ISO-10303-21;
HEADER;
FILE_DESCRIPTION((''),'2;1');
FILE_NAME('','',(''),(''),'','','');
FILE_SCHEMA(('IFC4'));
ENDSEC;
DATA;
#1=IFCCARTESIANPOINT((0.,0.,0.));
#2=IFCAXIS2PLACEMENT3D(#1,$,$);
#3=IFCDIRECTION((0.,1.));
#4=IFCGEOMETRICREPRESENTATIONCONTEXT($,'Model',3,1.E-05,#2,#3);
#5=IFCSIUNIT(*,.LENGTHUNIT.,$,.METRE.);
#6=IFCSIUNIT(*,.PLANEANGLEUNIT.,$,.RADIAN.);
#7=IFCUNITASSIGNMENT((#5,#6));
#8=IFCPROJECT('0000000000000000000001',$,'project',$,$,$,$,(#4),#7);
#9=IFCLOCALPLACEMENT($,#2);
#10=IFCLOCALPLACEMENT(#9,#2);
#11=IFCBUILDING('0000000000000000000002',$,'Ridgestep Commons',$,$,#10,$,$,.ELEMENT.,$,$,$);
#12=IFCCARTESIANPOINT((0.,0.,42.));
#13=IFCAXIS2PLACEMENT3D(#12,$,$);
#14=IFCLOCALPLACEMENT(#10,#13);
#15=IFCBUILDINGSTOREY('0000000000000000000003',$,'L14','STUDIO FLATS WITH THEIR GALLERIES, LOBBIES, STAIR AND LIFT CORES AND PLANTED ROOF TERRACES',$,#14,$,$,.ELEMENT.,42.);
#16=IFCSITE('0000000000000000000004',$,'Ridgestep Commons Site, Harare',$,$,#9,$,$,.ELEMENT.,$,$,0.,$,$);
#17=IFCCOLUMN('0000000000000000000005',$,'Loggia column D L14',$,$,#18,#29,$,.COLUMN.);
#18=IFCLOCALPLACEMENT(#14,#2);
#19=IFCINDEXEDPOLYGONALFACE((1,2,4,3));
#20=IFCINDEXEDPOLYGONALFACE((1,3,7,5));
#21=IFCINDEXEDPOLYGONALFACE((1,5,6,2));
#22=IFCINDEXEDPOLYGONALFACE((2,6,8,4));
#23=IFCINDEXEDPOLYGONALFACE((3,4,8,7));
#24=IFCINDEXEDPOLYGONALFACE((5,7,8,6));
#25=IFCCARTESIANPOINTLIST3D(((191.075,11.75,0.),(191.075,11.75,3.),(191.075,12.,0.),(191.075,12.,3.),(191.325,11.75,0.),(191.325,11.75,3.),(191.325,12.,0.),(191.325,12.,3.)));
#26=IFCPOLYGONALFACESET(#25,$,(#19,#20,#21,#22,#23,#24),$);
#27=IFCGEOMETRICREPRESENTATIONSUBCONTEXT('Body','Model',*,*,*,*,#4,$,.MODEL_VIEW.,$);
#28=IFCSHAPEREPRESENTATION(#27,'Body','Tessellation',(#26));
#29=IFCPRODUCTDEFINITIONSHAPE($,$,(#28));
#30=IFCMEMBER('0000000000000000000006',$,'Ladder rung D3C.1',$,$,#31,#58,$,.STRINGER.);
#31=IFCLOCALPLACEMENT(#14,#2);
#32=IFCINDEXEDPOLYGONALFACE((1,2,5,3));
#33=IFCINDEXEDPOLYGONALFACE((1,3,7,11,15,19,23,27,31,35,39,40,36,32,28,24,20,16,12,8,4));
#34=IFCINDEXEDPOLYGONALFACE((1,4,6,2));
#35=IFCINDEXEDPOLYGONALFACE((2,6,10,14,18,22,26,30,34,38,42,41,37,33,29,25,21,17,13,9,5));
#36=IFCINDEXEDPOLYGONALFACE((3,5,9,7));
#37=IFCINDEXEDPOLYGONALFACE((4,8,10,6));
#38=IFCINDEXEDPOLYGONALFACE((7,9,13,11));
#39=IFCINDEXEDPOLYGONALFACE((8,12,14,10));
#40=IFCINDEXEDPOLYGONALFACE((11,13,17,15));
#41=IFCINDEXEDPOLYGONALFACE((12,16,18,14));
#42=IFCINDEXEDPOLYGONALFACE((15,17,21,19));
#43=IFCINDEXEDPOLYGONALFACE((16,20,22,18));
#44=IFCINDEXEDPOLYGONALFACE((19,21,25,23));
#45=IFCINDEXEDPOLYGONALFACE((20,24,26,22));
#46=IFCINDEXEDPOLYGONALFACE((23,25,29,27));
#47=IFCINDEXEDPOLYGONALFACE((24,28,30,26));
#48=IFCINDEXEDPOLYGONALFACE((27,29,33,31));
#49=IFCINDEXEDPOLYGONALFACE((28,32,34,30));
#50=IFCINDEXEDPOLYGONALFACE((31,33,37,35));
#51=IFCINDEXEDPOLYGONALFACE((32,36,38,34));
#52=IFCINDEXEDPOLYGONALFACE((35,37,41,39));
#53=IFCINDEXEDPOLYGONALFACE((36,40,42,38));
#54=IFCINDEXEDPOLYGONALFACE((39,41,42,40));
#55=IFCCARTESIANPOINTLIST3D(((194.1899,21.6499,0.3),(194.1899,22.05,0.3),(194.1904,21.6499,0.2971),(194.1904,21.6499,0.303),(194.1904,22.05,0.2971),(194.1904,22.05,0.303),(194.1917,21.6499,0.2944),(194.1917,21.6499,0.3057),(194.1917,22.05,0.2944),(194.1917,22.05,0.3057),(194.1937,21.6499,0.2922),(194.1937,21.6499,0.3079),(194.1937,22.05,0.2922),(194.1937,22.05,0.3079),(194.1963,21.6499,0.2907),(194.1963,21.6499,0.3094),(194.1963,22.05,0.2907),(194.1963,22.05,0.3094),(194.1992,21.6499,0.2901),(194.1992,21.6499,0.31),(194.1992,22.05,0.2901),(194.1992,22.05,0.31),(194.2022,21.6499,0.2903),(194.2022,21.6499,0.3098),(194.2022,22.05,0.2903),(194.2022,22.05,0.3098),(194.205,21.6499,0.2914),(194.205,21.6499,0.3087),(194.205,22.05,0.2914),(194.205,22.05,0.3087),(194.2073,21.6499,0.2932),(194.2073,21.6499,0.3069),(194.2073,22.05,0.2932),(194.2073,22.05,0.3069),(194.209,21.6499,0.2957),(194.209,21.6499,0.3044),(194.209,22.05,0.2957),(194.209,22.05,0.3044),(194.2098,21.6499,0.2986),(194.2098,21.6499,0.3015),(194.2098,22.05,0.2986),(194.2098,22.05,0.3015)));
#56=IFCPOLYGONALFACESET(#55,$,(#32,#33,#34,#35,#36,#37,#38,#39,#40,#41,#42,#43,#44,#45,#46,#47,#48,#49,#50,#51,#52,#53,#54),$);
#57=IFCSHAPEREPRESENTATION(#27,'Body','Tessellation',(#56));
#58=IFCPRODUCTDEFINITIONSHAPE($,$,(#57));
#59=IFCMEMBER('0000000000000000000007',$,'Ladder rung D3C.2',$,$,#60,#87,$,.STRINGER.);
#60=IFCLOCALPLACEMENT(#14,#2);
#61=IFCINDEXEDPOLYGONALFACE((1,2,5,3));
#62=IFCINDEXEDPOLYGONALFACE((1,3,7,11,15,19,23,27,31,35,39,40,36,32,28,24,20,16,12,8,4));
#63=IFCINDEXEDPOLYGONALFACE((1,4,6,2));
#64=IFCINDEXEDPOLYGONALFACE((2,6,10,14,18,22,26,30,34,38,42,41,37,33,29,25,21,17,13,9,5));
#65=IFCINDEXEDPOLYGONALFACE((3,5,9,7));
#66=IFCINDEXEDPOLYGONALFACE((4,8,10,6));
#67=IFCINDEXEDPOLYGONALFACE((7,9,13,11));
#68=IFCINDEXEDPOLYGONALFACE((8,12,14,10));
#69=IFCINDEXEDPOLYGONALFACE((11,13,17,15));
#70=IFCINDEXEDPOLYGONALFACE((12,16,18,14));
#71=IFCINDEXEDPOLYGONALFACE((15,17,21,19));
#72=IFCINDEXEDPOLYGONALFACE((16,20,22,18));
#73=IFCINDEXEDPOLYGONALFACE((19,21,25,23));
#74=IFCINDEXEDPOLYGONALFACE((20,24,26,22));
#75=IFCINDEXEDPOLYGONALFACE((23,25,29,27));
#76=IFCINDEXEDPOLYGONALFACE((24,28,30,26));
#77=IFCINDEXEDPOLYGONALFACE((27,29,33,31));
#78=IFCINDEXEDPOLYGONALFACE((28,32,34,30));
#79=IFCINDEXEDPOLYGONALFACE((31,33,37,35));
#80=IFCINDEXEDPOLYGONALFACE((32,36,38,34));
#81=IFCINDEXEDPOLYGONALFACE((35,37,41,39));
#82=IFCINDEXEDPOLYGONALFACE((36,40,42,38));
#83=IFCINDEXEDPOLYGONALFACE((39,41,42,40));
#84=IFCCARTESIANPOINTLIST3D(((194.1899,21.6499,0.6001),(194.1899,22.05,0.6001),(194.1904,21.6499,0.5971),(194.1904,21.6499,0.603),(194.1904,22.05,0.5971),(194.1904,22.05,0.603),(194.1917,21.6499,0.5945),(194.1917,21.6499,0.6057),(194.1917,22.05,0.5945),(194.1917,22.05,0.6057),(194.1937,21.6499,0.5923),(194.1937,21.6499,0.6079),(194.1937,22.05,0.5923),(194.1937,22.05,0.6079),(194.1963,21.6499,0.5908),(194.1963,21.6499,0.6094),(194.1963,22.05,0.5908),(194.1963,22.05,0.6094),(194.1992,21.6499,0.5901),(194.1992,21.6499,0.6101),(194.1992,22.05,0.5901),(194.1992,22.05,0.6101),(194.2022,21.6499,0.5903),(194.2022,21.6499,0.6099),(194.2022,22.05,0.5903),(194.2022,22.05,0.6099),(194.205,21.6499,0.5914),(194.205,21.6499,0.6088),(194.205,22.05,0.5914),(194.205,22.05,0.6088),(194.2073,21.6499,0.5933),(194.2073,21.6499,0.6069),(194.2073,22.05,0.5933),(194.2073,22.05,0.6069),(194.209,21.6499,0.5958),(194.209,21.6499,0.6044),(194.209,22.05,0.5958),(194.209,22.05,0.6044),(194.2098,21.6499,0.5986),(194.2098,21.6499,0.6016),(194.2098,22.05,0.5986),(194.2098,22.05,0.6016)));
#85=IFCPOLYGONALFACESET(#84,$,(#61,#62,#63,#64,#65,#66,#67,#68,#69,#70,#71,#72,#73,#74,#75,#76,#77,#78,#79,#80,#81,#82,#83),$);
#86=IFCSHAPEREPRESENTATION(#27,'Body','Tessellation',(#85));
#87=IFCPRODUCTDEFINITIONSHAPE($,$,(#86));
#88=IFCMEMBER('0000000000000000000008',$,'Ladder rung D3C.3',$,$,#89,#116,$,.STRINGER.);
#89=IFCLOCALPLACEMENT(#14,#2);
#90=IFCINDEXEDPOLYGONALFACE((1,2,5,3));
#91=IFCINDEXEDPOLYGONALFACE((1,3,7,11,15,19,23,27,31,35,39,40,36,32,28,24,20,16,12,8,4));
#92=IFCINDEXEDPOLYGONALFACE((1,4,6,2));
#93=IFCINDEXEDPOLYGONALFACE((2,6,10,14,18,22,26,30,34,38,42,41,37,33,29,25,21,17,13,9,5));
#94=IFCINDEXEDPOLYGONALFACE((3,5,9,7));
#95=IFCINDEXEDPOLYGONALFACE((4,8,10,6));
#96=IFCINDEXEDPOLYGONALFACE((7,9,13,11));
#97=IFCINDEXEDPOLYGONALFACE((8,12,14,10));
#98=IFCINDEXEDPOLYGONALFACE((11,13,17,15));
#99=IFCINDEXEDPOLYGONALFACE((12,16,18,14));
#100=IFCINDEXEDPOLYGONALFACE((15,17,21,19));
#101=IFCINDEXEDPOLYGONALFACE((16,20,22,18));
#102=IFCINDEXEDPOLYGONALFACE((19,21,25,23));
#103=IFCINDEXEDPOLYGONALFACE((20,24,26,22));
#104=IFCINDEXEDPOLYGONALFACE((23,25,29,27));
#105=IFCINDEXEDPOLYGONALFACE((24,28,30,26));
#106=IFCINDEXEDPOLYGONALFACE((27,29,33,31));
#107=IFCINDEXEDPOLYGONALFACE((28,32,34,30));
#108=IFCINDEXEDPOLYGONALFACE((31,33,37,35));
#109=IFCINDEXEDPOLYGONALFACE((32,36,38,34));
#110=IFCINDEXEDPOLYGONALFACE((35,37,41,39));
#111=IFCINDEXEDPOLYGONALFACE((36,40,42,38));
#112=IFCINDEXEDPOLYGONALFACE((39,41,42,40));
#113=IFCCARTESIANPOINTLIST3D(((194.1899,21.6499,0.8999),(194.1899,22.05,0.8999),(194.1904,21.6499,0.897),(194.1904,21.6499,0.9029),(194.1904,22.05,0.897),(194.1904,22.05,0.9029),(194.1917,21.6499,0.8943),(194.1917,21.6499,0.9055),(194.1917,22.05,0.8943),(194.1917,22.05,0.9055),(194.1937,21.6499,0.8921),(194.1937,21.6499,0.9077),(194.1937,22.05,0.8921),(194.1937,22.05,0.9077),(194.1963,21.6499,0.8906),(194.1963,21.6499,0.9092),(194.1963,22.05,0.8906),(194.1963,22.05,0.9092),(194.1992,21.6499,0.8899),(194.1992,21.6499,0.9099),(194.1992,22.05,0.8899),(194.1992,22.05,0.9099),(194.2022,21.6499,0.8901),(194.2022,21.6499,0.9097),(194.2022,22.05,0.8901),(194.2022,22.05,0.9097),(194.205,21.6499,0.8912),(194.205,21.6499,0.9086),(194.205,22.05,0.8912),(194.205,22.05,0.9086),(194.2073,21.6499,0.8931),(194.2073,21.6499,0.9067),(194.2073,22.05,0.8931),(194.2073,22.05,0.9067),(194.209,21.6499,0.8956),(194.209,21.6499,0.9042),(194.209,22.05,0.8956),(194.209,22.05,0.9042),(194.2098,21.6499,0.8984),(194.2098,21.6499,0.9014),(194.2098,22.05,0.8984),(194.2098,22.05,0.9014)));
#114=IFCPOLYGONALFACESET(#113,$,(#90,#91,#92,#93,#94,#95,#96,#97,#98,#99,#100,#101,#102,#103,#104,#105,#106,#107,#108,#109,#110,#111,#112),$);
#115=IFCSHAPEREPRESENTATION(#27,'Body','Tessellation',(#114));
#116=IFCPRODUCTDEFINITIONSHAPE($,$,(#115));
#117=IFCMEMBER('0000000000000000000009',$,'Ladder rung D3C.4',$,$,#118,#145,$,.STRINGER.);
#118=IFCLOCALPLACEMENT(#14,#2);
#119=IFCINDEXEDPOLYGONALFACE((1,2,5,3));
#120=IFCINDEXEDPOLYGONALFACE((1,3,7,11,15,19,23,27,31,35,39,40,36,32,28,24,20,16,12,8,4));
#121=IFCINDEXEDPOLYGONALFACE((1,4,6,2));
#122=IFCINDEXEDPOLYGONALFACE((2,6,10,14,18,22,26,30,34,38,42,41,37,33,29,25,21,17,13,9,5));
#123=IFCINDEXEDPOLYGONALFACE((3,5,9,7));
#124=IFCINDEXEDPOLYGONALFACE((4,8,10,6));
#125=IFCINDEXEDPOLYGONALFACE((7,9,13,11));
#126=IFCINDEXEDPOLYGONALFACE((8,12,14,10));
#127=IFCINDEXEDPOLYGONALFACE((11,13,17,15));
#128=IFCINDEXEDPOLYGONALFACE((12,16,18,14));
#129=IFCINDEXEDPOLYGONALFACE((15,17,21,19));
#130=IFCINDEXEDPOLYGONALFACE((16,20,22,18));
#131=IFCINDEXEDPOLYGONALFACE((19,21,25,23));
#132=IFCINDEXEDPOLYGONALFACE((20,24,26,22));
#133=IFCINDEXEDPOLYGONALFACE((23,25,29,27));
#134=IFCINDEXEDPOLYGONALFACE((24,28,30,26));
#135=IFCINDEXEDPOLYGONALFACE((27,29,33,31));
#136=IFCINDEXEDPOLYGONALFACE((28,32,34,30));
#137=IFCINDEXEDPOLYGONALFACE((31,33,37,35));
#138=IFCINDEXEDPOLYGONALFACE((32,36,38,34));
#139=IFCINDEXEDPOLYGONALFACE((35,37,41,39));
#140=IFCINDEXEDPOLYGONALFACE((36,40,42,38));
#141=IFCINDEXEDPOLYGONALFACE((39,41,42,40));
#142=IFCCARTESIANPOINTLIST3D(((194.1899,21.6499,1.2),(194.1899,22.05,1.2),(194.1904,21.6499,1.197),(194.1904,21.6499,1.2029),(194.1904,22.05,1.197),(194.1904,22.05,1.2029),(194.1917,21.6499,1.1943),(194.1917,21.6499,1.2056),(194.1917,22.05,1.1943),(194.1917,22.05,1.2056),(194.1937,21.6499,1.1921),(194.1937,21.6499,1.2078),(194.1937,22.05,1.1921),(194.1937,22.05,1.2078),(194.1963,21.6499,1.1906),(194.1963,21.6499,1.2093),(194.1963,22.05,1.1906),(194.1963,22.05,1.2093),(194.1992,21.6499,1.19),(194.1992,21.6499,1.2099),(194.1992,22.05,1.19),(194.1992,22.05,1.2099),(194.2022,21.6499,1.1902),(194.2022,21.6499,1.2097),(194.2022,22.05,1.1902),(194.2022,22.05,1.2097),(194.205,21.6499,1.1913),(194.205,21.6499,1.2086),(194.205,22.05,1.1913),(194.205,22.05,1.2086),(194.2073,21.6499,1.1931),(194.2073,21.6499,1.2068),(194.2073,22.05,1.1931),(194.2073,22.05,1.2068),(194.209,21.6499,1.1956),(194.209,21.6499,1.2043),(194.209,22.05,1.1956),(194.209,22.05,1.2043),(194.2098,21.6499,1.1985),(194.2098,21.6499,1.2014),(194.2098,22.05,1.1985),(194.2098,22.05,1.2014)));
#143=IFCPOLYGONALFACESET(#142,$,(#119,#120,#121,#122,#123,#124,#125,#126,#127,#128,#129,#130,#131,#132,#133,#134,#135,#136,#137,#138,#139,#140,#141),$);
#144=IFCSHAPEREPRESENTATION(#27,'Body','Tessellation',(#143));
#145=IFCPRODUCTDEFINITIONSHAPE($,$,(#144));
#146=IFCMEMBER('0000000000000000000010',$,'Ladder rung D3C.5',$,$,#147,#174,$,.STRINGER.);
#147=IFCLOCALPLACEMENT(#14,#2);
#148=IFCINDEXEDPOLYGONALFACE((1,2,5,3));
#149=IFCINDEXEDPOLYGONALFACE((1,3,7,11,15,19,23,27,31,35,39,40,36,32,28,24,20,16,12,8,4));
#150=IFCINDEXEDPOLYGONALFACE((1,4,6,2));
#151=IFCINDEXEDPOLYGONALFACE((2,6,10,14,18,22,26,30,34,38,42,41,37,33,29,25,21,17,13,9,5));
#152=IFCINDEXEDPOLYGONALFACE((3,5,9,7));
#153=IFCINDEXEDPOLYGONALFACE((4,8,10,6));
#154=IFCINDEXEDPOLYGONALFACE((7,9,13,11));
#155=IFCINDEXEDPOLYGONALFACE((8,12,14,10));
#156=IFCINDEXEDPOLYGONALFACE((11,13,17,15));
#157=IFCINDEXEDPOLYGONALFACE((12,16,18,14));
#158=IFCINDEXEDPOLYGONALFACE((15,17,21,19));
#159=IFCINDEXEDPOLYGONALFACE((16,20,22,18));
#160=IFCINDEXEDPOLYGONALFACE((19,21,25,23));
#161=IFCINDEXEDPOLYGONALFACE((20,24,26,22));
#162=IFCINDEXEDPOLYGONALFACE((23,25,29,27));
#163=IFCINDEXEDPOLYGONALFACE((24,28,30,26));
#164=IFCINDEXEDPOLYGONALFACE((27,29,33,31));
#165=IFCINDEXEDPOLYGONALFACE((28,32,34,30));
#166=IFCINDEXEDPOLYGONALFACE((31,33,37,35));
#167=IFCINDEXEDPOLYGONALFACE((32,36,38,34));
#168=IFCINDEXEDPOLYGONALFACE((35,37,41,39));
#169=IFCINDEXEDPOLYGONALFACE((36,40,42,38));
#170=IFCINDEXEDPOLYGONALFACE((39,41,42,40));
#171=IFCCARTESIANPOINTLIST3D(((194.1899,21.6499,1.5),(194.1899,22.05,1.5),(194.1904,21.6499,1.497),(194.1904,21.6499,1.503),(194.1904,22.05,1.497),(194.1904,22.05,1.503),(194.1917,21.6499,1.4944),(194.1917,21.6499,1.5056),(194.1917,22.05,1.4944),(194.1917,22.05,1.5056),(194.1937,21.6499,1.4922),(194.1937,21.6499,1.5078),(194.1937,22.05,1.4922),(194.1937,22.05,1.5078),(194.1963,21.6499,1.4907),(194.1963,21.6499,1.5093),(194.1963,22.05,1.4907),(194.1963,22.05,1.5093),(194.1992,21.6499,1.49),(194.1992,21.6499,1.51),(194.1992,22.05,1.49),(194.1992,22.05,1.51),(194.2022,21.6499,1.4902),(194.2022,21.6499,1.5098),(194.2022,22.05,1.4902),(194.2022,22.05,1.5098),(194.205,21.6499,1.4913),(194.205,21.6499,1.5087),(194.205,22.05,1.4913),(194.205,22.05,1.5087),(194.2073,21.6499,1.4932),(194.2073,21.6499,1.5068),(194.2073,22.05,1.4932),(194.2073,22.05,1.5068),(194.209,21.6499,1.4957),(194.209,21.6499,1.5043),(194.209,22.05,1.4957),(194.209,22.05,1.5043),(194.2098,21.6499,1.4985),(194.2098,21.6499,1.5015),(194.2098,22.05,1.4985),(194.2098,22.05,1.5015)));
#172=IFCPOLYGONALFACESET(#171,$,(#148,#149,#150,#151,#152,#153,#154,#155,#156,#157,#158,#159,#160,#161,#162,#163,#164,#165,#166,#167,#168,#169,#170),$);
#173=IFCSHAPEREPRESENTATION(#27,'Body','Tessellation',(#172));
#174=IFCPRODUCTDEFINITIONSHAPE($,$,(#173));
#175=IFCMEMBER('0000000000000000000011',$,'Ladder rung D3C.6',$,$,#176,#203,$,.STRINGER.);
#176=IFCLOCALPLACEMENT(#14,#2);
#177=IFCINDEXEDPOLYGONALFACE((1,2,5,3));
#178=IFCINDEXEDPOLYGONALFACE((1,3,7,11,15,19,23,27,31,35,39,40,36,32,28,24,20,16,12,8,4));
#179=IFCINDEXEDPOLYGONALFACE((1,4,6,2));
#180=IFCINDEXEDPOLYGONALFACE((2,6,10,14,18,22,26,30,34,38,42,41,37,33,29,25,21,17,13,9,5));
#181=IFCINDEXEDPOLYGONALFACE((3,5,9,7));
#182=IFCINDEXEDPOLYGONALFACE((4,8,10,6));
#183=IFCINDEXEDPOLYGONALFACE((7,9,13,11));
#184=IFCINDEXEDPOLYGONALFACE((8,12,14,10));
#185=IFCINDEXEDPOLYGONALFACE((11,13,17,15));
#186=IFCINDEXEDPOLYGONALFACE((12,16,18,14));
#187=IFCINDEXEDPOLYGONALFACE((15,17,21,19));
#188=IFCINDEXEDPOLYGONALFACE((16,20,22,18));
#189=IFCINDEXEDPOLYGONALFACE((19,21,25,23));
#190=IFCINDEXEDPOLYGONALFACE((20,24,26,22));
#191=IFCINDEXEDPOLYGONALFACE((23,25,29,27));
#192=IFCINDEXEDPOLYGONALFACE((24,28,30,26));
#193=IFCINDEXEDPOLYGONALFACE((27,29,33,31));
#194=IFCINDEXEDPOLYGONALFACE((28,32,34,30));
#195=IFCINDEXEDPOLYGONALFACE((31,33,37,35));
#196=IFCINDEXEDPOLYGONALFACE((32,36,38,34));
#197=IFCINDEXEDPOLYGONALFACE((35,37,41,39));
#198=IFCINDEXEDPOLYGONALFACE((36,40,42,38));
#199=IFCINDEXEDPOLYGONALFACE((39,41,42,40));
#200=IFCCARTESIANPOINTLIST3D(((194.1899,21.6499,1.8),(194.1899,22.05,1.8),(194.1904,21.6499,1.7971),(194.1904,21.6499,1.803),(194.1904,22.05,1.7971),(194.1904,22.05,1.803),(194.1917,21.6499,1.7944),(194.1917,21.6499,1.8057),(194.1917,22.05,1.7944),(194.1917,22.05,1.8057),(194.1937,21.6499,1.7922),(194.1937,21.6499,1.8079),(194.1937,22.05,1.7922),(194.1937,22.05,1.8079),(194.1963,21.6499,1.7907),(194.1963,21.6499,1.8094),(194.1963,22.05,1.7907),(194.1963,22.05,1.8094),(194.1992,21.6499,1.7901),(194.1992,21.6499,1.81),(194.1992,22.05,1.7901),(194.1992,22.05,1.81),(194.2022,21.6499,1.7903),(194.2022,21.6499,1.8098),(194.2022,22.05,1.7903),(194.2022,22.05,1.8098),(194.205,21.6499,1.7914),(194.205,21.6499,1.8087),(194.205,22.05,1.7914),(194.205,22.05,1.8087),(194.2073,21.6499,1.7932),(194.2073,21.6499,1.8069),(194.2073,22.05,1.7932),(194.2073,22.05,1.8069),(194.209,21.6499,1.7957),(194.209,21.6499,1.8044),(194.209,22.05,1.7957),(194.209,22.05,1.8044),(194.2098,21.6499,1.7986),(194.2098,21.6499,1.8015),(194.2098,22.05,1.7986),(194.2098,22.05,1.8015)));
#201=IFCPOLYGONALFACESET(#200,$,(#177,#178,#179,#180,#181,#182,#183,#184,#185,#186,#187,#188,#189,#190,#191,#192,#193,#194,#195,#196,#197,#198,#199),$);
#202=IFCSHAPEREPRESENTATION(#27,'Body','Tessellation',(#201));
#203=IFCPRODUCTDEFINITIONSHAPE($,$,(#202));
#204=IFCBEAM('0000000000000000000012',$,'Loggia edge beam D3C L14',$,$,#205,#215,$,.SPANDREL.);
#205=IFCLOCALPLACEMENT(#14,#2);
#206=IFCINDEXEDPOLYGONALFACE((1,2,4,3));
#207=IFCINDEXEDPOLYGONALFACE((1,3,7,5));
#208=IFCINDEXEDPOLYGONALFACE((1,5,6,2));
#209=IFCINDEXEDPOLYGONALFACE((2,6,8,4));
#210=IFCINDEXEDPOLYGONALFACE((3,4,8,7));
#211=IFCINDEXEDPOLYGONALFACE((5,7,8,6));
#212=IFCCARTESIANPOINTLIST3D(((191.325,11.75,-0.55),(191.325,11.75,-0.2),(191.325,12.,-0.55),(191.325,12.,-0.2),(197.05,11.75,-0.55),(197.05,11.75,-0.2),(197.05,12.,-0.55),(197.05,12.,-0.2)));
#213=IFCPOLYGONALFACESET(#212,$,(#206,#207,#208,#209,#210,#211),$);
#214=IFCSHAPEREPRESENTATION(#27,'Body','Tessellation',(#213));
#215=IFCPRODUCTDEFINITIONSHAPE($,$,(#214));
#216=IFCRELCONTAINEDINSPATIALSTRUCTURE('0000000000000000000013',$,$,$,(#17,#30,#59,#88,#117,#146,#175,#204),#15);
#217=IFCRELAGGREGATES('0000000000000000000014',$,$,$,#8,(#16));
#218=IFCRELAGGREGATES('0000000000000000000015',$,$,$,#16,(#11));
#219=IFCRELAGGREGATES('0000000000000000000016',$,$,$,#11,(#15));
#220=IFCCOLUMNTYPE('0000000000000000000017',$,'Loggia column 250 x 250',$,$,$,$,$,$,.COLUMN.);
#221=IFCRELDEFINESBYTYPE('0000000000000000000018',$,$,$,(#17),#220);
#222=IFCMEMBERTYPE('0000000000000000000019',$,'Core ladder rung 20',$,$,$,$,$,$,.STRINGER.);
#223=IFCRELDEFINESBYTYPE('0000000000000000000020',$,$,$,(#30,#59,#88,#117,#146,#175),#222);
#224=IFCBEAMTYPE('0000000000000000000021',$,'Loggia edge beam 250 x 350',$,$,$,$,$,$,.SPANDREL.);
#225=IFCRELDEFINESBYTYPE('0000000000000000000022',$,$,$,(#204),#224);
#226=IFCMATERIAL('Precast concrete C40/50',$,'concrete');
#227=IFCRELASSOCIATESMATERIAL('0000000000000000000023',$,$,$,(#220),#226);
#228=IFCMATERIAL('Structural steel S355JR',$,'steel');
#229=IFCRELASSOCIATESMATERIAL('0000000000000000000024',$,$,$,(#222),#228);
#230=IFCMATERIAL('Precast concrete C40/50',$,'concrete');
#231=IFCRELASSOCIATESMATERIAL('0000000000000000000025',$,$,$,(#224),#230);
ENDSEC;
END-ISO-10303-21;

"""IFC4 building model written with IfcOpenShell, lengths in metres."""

from ifc_helpers import new_model, si_unit, direction, frame, origin, origin_2d, place, context, subcontext, project, spatial, rectangle, circle, extrude, material, material_profile, profile_set, type_object, element, save


model = new_model("IFC4")

# Units and contexts
model_context = context("Model", 3, precision=1e-05, world=origin(), true_north=direction((0.0, 1.0)))
body_context = subcontext(model_context, "Body", "Model", "MODEL_VIEW")
ifc_project = project(units=[si_unit("LENGTHUNIT", "METRE"), si_unit("PLANEANGLEUNIT", "RADIAN")], contexts=[model_context])

# Site, building, storey
site_placement = place(None, origin())
site = spatial("IfcSite", under=ifc_project, at=site_placement, Name="Ridgestep Commons Site, Harare", CompositionType="ELEMENT", RefElevation=0.0)
building_placement = place(site_placement, origin())
building = spatial("IfcBuilding", under=site, at=building_placement, Name="Ridgestep Commons", CompositionType="ELEMENT")
storey_placement = place(building_placement, frame((0.0, 0.0, 42.0)))
storey = spatial("IfcBuildingStorey", under=building, at=storey_placement, Name="L14", Description="STUDIO FLATS WITH THEIR GALLERIES, LOBBIES, STAIR AND LIFT CORES AND PLANTED ROOF TERRACES", CompositionType="ELEMENT", Elevation=42.0)

# Column
ifc_material_1 = material(Name="Precast concrete C40/50", Category="concrete")
ifc_material_profile_1 = material_profile(ifc_material_1, rectangle(XDim=0.25, YDim=0.25, at=origin_2d()), Name="PC 250x250")
ifc_profile_set_1 = profile_set([ifc_material_profile_1], Name="Precast concrete C40/50")
column_type = type_object("IfcColumnType", Name="Loggia column 250 x 250", PredefinedType="COLUMN", material=ifc_profile_set_1)
column_placement = place(storey_placement, frame((191.2, 11.875, 0.0), z_axis=(0.0, 0.0, 1.0), x_axis=(1.0, 0.0, 0.0)))
element("IfcColumn", 1, at=column_placement, inside=storey, type_object=column_type, Name="Loggia column D L14", PredefinedType="COLUMN", context=body_context, shape_type="SweptSolid", body=[
    extrude(rectangle(XDim=0.25, YDim=0.25, at=origin_2d()), origin(), (0.0, 0.0, 1.0), 3.0),
])

# Members
ifc_material_2 = material(Name="Structural steel S355JR", Category="steel")
ifc_material_profile_2 = material_profile(ifc_material_2, circle(Radius=0.01, at=origin_2d()), Name="Round bar 20")
ifc_profile_set_2 = profile_set([ifc_material_profile_2], Name="Structural steel S355JR")
member_type_1 = type_object("IfcMemberType", Name="Core ladder rung 20", PredefinedType="STRINGER", material=ifc_profile_set_2)
for number, where, z_axis, x_axis, name in (
    (2, (194.2, 21.6499, 0.3), (0.0, 1.0, 0.0), (-1.0, 0.0, 0.0), "Ladder rung D3C.1"),
    (3, (194.2, 21.6499, 0.6001), (0.0, 1.0, 0.0), (-1.0, 0.0, 0.0), "Ladder rung D3C.2"),
    (4, (194.2, 21.6499, 0.8999), (0.0, 1.0, 0.0), (-1.0, 0.0, 0.0), "Ladder rung D3C.3"),
    (5, (194.2, 21.6499, 1.2), (0.0, 1.0, 0.0), (-1.0, 0.0, 0.0), "Ladder rung D3C.4"),
    (6, (194.2, 21.6499, 1.5), (0.0, 1.0, 0.0), (-1.0, 0.0, 0.0), "Ladder rung D3C.5"),
    (7, (194.2, 21.6499, 1.8), (0.0, 1.0, 0.0), (-1.0, 0.0, 0.0), "Ladder rung D3C.6"),
):
    element("IfcMember", number, at=place(storey_placement, frame(where, z_axis=z_axis, x_axis=x_axis)), inside=storey, type_object=member_type_1, Name=name, PredefinedType="STRINGER", context=body_context, shape_type="SweptSolid", body=[
        extrude(circle(Radius=0.01, at=origin_2d()), origin(), (0.0, 0.0, 1.0), 0.4001),
    ])

# Beam
ifc_material_3 = material(Name="Precast concrete C40/50", Category="concrete")
ifc_material_profile_3 = material_profile(ifc_material_3, rectangle(XDim=0.25, YDim=0.3501, at=origin_2d()), Name="PC 250x350")
ifc_profile_set_3 = profile_set([ifc_material_profile_3], Name="Precast concrete C40/50")
beam_type = type_object("IfcBeamType", Name="Loggia edge beam 250 x 350", PredefinedType="SPANDREL", material=ifc_profile_set_3)
beam_placement = place(storey_placement, frame((191.325, 11.875, -0.375), z_axis=(1.0, 0.0, 0.0), x_axis=(0.0, 1.0, 0.0)))
element("IfcBeam", 8, at=beam_placement, inside=storey, type_object=beam_type, Name="Loggia edge beam D3C L14", PredefinedType="SPANDREL", context=body_context, shape_type="SweptSolid", body=[
    extrude(rectangle(XDim=0.25, YDim=0.3501, at=origin_2d()), origin(), (0.0, 0.0, 1.0), 5.7251),
])

save(model, "model.ifc")
